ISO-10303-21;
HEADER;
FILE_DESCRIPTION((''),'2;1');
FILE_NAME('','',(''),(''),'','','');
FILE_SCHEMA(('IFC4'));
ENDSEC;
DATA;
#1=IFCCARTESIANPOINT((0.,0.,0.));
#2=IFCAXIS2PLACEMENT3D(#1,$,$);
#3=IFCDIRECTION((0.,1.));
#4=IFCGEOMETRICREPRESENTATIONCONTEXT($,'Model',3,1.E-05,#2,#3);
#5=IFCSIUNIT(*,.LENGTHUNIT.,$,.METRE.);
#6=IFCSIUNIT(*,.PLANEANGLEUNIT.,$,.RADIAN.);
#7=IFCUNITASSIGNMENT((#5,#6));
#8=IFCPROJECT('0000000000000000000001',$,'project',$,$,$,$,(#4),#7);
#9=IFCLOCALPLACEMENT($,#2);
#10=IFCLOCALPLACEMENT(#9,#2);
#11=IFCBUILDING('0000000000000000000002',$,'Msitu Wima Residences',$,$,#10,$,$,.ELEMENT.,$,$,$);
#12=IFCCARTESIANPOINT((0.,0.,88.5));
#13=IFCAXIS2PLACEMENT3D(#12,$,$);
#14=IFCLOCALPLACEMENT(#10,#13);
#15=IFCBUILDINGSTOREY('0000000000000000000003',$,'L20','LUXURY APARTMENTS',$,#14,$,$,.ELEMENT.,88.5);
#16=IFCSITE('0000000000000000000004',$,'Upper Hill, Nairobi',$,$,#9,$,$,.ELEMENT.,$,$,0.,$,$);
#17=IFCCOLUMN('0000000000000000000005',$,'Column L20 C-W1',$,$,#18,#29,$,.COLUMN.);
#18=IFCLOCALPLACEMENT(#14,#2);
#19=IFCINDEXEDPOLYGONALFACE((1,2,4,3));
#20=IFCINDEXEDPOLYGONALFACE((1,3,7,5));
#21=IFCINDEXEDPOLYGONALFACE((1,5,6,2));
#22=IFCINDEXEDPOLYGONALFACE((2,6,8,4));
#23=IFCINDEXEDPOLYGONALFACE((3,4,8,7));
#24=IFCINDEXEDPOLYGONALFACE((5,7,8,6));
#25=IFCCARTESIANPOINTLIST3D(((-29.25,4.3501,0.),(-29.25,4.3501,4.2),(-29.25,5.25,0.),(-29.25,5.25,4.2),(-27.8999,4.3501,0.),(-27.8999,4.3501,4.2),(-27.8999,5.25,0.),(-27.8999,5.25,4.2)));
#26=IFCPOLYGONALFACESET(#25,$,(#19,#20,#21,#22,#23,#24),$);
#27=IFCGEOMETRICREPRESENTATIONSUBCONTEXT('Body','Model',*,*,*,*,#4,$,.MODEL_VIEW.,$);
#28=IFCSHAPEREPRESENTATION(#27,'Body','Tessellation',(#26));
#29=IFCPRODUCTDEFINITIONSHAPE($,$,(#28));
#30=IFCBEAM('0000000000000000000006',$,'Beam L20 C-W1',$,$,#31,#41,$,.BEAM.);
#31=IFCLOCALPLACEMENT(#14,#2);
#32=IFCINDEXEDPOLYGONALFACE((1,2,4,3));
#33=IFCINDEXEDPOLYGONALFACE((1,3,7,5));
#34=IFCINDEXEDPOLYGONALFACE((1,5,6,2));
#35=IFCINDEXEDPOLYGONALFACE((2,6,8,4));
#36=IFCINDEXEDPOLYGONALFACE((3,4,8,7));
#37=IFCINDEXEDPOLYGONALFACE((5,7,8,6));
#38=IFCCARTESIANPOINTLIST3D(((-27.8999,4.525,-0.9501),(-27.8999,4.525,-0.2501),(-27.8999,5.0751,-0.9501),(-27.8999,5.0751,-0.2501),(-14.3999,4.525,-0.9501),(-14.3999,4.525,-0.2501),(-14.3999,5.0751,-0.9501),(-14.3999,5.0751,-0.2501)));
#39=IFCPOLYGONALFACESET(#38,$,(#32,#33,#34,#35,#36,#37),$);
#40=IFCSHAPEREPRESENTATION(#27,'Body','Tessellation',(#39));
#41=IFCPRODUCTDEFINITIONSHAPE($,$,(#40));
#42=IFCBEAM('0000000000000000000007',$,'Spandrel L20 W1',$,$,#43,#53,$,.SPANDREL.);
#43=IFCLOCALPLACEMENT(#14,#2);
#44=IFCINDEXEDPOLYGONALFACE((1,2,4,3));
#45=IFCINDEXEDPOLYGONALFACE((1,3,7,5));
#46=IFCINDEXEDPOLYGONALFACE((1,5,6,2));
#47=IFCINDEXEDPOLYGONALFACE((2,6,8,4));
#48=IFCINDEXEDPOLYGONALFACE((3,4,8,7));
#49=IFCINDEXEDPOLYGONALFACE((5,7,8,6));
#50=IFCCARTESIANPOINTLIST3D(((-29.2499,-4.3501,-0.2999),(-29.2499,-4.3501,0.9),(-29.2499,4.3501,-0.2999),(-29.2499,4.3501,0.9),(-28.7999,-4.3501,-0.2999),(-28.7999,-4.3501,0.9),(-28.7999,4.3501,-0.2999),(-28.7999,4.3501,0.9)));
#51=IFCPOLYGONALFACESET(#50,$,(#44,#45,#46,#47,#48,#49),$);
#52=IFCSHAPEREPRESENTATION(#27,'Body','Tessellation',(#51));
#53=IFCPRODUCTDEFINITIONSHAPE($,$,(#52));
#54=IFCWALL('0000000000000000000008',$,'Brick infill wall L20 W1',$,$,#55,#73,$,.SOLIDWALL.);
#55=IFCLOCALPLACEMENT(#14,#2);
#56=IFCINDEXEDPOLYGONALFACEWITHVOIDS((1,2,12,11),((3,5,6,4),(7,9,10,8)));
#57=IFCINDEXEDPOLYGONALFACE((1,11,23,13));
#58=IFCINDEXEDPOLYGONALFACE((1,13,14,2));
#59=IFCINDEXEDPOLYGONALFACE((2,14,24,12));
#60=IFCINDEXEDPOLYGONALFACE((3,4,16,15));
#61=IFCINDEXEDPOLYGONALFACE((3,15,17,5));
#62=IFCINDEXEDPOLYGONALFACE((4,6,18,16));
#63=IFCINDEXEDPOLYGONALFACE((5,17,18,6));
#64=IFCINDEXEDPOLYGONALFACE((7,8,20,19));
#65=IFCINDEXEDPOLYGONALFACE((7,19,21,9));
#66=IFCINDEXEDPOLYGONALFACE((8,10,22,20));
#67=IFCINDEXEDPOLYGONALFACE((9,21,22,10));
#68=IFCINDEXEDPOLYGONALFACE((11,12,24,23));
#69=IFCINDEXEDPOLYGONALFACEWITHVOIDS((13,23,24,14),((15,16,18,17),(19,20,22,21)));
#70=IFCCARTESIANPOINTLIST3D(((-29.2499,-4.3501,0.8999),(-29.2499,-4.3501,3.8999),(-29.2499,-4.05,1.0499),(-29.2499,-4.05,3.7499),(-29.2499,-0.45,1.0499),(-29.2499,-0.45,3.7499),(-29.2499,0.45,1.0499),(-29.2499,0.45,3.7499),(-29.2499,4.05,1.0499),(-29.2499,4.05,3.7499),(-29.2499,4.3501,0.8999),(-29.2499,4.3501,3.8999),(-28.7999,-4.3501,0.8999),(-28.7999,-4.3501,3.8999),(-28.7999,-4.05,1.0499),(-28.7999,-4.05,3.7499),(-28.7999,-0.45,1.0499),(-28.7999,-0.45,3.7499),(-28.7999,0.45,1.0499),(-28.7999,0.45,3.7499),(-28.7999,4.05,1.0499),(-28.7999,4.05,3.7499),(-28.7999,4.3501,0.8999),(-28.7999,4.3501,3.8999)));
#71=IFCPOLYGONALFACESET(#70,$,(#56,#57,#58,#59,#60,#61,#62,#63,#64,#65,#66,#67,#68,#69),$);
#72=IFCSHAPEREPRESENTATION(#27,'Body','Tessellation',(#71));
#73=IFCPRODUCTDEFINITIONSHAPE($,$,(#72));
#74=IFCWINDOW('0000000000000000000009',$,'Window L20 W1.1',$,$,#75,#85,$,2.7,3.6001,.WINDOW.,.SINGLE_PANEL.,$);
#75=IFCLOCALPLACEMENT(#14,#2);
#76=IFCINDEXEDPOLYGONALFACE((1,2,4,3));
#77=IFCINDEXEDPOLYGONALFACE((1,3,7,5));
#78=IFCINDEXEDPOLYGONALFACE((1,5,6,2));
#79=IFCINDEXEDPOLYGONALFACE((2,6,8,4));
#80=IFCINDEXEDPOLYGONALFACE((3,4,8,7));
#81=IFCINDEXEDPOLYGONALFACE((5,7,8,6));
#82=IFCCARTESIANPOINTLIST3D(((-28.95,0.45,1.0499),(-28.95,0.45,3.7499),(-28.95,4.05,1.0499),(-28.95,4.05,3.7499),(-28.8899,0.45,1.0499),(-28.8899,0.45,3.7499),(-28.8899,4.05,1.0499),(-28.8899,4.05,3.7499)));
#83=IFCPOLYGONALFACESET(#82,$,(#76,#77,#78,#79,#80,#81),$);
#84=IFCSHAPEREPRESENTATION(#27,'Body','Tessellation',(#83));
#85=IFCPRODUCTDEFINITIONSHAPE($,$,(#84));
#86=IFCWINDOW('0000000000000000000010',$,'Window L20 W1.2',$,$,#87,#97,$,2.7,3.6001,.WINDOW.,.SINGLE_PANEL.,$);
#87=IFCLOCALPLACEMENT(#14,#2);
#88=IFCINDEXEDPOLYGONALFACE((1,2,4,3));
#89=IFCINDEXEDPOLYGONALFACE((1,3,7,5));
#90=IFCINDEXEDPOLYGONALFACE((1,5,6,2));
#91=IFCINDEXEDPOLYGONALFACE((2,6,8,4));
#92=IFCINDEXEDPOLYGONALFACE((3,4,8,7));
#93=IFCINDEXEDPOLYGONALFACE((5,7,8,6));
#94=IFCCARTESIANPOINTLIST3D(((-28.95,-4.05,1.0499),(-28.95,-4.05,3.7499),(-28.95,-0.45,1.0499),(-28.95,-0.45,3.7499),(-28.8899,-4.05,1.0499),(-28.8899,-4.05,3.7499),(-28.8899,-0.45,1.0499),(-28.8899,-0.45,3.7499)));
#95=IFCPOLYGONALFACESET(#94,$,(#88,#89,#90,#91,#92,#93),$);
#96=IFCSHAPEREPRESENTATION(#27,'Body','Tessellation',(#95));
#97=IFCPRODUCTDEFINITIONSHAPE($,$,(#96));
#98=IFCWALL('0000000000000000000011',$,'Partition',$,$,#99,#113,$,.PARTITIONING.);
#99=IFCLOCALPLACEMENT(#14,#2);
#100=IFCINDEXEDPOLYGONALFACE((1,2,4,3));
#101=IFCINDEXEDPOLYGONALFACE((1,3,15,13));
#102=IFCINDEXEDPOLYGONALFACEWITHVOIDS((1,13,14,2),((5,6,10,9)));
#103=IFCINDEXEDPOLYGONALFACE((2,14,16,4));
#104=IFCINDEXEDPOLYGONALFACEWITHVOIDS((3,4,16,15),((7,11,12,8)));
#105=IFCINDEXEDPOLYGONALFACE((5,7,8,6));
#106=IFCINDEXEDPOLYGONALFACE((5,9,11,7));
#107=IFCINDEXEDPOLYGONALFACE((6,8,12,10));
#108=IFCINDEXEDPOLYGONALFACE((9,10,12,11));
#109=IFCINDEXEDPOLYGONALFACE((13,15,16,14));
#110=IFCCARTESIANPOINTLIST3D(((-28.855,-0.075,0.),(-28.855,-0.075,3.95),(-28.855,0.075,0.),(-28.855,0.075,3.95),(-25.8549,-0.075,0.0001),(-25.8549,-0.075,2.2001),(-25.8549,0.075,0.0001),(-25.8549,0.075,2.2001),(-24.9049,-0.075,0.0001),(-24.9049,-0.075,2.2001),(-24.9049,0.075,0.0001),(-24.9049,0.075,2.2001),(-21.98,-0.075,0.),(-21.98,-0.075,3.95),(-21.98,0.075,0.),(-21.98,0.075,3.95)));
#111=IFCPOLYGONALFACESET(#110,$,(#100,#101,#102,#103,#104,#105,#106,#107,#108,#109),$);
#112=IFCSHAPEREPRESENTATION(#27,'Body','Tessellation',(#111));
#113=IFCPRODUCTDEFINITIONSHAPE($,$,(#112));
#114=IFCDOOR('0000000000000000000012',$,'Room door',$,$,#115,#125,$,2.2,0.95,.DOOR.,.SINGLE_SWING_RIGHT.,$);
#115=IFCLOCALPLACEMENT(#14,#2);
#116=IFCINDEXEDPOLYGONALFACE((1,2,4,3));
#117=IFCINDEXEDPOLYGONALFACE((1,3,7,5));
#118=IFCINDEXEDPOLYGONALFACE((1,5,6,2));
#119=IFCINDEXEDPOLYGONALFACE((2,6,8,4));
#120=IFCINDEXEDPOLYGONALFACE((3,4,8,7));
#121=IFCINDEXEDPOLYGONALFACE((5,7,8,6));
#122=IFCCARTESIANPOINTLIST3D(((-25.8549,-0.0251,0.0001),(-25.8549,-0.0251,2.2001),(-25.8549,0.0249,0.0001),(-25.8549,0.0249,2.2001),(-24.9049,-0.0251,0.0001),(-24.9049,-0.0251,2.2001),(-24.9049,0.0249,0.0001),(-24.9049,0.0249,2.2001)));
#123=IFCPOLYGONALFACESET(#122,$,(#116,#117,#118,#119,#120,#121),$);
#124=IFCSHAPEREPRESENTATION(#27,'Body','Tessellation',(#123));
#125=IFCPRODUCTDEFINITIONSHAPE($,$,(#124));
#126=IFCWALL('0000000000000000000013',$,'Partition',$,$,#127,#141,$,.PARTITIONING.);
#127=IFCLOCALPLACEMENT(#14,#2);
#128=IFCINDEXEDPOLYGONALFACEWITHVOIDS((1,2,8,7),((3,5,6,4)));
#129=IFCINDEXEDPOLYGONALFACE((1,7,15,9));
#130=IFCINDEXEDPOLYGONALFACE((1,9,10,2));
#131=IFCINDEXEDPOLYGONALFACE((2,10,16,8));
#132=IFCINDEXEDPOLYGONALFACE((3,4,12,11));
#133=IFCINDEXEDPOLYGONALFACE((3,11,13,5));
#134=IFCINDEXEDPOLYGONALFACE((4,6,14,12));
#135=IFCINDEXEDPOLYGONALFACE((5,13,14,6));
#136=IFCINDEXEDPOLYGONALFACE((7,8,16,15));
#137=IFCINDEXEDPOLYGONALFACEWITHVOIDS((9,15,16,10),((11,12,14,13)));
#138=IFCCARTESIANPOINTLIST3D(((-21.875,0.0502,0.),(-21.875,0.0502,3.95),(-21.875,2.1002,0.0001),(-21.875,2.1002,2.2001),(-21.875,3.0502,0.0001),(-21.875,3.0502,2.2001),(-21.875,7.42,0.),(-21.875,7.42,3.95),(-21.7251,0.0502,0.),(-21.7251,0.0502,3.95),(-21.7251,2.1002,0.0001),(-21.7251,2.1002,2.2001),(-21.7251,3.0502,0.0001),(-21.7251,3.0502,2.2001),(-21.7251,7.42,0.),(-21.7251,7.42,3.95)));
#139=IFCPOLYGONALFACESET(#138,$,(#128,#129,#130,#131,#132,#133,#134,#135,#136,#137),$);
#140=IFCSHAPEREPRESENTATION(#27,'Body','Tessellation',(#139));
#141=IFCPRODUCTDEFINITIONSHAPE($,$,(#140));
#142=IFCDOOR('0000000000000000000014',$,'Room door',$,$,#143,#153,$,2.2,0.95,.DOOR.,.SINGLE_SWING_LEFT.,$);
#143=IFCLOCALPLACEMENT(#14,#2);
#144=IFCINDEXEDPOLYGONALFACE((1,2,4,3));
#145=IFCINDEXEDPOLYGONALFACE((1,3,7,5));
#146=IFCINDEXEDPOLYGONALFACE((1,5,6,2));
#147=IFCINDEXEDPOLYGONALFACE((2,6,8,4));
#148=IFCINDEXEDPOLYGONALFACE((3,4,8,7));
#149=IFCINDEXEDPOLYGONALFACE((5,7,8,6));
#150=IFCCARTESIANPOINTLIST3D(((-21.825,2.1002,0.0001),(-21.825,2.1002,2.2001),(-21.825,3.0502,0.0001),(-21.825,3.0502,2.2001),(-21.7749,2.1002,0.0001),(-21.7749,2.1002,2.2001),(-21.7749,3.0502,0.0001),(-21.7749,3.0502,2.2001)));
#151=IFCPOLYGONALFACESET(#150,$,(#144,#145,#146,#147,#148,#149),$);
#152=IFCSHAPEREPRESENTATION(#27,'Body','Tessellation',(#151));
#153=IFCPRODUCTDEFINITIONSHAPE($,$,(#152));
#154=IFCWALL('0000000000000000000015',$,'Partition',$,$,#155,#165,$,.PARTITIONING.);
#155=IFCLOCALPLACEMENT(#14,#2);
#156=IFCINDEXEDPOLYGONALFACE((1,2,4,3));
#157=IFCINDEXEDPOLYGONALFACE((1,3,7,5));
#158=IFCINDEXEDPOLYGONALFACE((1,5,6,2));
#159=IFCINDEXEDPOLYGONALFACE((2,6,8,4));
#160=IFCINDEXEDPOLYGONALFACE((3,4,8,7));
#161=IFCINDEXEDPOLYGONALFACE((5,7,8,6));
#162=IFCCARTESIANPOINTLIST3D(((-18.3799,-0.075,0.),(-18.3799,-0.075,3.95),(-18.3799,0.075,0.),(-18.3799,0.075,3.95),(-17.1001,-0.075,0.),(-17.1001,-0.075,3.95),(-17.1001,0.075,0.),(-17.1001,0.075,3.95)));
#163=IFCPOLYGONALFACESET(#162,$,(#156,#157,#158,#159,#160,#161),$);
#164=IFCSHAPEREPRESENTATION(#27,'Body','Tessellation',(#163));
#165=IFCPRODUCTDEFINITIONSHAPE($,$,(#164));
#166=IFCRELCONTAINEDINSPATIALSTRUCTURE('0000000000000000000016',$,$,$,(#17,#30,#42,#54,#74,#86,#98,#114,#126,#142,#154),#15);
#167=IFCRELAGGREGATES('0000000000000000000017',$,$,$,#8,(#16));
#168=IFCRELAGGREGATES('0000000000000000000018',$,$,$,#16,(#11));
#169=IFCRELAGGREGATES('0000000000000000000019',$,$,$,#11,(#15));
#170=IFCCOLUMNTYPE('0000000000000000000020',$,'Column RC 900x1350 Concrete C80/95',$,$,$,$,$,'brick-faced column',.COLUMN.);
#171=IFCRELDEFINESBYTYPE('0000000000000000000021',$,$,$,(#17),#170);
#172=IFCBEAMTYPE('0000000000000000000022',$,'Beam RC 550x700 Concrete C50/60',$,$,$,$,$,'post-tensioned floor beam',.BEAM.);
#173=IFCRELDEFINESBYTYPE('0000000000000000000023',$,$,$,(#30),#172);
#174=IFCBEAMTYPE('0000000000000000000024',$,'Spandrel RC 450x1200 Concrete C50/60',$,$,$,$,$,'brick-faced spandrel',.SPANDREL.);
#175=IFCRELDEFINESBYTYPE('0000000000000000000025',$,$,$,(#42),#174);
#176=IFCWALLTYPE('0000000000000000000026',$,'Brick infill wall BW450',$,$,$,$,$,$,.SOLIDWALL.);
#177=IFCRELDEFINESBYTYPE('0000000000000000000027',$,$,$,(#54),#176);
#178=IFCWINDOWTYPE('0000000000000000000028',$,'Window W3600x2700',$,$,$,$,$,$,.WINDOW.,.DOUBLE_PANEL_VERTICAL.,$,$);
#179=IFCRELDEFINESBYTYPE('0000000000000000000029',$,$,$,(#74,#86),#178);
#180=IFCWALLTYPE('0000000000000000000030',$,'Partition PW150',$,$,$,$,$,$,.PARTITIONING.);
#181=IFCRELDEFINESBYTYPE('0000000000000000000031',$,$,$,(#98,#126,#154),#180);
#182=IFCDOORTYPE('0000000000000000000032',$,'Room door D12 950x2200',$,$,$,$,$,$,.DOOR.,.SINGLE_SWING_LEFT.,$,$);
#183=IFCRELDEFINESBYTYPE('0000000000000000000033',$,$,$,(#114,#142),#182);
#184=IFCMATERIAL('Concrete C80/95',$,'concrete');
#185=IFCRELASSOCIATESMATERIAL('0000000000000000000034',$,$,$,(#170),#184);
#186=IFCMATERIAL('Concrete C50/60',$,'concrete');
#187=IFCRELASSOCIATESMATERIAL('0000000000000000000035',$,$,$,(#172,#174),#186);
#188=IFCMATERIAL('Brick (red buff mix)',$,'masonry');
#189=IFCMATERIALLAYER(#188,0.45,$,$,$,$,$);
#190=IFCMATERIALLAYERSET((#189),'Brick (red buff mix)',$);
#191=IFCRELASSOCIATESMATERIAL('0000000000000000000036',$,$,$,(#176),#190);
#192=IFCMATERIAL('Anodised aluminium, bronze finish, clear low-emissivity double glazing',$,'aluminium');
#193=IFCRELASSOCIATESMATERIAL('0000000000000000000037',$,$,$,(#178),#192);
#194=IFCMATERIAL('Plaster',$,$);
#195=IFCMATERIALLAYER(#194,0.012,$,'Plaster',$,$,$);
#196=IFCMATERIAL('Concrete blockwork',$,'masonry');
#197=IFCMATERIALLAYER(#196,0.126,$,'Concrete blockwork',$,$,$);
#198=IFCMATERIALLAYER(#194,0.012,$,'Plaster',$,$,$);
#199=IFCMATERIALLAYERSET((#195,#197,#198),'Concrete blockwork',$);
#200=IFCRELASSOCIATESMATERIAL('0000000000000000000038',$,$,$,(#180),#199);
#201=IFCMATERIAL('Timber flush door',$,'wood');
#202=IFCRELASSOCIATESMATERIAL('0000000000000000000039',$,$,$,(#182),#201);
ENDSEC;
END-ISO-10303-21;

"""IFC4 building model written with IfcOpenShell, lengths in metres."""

from ifc_helpers import new_model, si_unit, direction, frame, frame_2d, origin, origin_2d, place, context, subcontext, project, spatial, rectangle, extrude, material, layer, layer_set, material_profile, profile_set, type_object, element, fill, save


model = new_model("IFC4")

# Units and contexts
model_context = context("Model", 3, precision=1e-05, world=origin(), true_north=direction((0.0, 1.0)))
body_context = subcontext(model_context, "Body", "Model", "MODEL_VIEW")
ifc_project = project(units=[si_unit("LENGTHUNIT", "METRE"), si_unit("PLANEANGLEUNIT", "RADIAN")], contexts=[model_context])

# Site, building, storey
site_placement = place(None, origin())
site = spatial("IfcSite", under=ifc_project, at=site_placement, Name="Upper Hill, Nairobi", CompositionType="ELEMENT", RefElevation=0.0)
building_placement = place(site_placement, origin())
building = spatial("IfcBuilding", under=site, at=building_placement, Name="Msitu Wima Residences", CompositionType="ELEMENT")
storey_placement = place(building_placement, frame((0.0, 0.0, 88.5)))
storey = spatial("IfcBuildingStorey", under=building, at=storey_placement, Name="L20", Description="LUXURY APARTMENTS", CompositionType="ELEMENT", Elevation=88.5)

# Column
ifc_material_1 = material(Name="Concrete C80/95", Category="concrete")
ifc_material_profile_1 = material_profile(ifc_material_1, rectangle(XDim=0.8999, YDim=1.3501, at=origin_2d()), Name="RC 900x1350")
ifc_profile_set_1 = profile_set([ifc_material_profile_1], Name="Concrete C80/95")
column_type = type_object("IfcColumnType", Name="Column RC 900x1350 Concrete C80/95", ElementType="brick-faced column", PredefinedType="COLUMN", material=ifc_profile_set_1)
column_placement = place(storey_placement, frame((-28.575, 4.8, 0.0), z_axis=(0.0, 0.0, 1.0), x_axis=(0.0, -1.0, 0.0)))
element("IfcColumn", 1, at=column_placement, inside=storey, type_object=column_type, Name="Column L20 C-W1", PredefinedType="COLUMN", context=body_context, shape_type="SweptSolid", body=[
    extrude(rectangle(XDim=0.8999, YDim=1.3501, at=origin_2d()), origin(), (0.0, 0.0, 1.0), 4.2),
])

# Beams
ifc_material_2 = material(Name="Concrete C50/60", Category="concrete")
ifc_material_profile_2 = material_profile(ifc_material_2, rectangle(XDim=0.55, YDim=0.7, at=origin_2d()), Name="RC 550x700")
ifc_profile_set_2 = profile_set([ifc_material_profile_2], Name="Concrete C50/60")
beam_type_1 = type_object("IfcBeamType", Name="Beam RC 550x700 Concrete C50/60", ElementType="post-tensioned floor beam", PredefinedType="BEAM", material=ifc_profile_set_2)
beam_1_placement = place(storey_placement, frame((-27.8999, 4.8, -0.6001), z_axis=(1.0, 0.0, 0.0), x_axis=(0.0, 1.0, 0.0)))
element("IfcBeam", 2, at=beam_1_placement, inside=storey, type_object=beam_type_1, Name="Beam L20 C-W1", PredefinedType="BEAM", context=body_context, shape_type="SweptSolid", body=[
    extrude(rectangle(XDim=0.55, YDim=0.7, at=origin_2d()), origin(), (0.0, 0.0, 1.0), 13.5),
])
ifc_material_profile_3 = material_profile(ifc_material_2, rectangle(XDim=0.45, YDim=1.2, at=origin_2d()), Name="RC 450x1200")
ifc_profile_set_3 = profile_set([ifc_material_profile_3], Name="Concrete C50/60")
beam_type_2 = type_object("IfcBeamType", Name="Spandrel RC 450x1200 Concrete C50/60", ElementType="brick-faced spandrel", PredefinedType="SPANDREL", material=ifc_profile_set_3)
beam_2_placement = place(storey_placement, frame((-29.0249, 4.3501, 0.3), z_axis=(0.0, -1.0, 0.0), x_axis=(1.0, 0.0, 0.0)))
element("IfcBeam", 3, at=beam_2_placement, inside=storey, type_object=beam_type_2, Name="Spandrel L20 W1", PredefinedType="SPANDREL", context=body_context, shape_type="SweptSolid", body=[
    extrude(rectangle(XDim=0.45, YDim=1.2, at=origin_2d()), origin(), (0.0, 0.0, 1.0), 8.7002),
])

# Wall, openings, windows
ifc_material_3 = material(Name="Brick (red buff mix)", Category="masonry")
ifc_layer_1 = layer(ifc_material_3, 0.45)
ifc_layer_set_1 = layer_set([ifc_layer_1], Name="Brick (red buff mix)")
wall_type_1 = type_object("IfcWallType", Name="Brick infill wall BW450", PredefinedType="SOLIDWALL", material=ifc_layer_set_1)
wall_1_placement = place(storey_placement, frame((-29.0249, 4.3501, 0.8999), z_axis=(0.0, 0.0, 1.0), x_axis=(0.0, -1.0, 0.0)))
wall_1 = element("IfcWall", 4, at=wall_1_placement, inside=storey, type_object=wall_type_1, Name="Brick infill wall L20 W1", PredefinedType="SOLIDWALL", context=body_context, shape_type="SweptSolid", body=[
    extrude(rectangle(XDim=8.7002, YDim=0.45, at=frame_2d((4.3501, 0.0))), origin(), (0.0, 0.0, 1.0), 3.0),
])
opening_1_placement = place(wall_1_placement, frame((0.3, 0.0, 0.1499)))
opening_1 = element("IfcOpeningElement", 5, at=opening_1_placement, cuts=wall_1, PredefinedType="OPENING", context=body_context, shape_type="SweptSolid", body=[
    extrude(rectangle(XDim=3.6001, YDim=2.7, at=frame_2d((1.8, 1.3501))), frame((0.0, 0.2349, 0.0), z_axis=(0.0, -1.0, 0.0), x_axis=(1.0, 0.0, 0.0)), (0.0, 0.0, 1.0), 0.47),
])
opening_2_placement = place(wall_1_placement, frame((4.8, 0.0, 0.1499)))
opening_2 = element("IfcOpeningElement", 6, at=opening_2_placement, cuts=wall_1, PredefinedType="OPENING", context=body_context, shape_type="SweptSolid", body=[
    extrude(rectangle(XDim=3.6001, YDim=2.7, at=frame_2d((1.8, 1.3501))), frame((0.0, 0.2349, 0.0), z_axis=(0.0, -1.0, 0.0), x_axis=(1.0, 0.0, 0.0)), (0.0, 0.0, 1.0), 0.47),
])
ifc_material_4 = material(Name="Anodised aluminium, bronze finish, clear low-emissivity double glazing", Category="aluminium")
window_type = type_object("IfcWindowType", Name="Window W3600x2700", PartitioningType="DOUBLE_PANEL_VERTICAL", PredefinedType="WINDOW", material=ifc_material_4)
window_1_placement = place(opening_1_placement, origin())
window_1 = element("IfcWindow", 7, at=window_1_placement, inside=storey, type_object=window_type, Name="Window L20 W1.1", OverallHeight=2.7, OverallWidth=3.6001, PartitioningType="SINGLE_PANEL", PredefinedType="WINDOW", context=body_context, shape_type="SweptSolid", body=[
    extrude(rectangle(XDim=3.6001, YDim=2.7, at=frame_2d((1.8, 1.3501))), frame((0.0, 0.135, 0.0), z_axis=(0.0, -1.0, 0.0), x_axis=(1.0, 0.0, 0.0)), (0.0, 0.0, 1.0), 0.0601),
])
fill(opening_1, window_1)
window_2_placement = place(opening_2_placement, origin())
window_2 = element("IfcWindow", 8, at=window_2_placement, inside=storey, type_object=window_type, Name="Window L20 W1.2", OverallHeight=2.7, OverallWidth=3.6001, PartitioningType="SINGLE_PANEL", PredefinedType="WINDOW", context=body_context, shape_type="SweptSolid", body=[
    extrude(rectangle(XDim=3.6001, YDim=2.7, at=frame_2d((1.8, 1.3501))), frame((0.0, 0.135, 0.0), z_axis=(0.0, -1.0, 0.0), x_axis=(1.0, 0.0, 0.0)), (0.0, 0.0, 1.0), 0.0601),
])
fill(opening_2, window_2)

# Walls, openings, doors
ifc_material_5 = material(Name="Plaster")
ifc_layer_2 = layer(ifc_material_5, 0.012, Name="Plaster")
ifc_material_6 = material(Name="Concrete blockwork", Category="masonry")
ifc_layer_3 = layer(ifc_material_6, 0.126, Name="Concrete blockwork")
ifc_layer_4 = layer(ifc_material_5, 0.012, Name="Plaster")
ifc_layer_set_2 = layer_set([ifc_layer_2, ifc_layer_3, ifc_layer_4], Name="Concrete blockwork")
wall_type_2 = type_object("IfcWallType", Name="Partition PW150", PredefinedType="PARTITIONING", material=ifc_layer_set_2)
wall_2_placement = place(storey_placement, frame((-28.855, 0.0, 0.0), z_axis=(0.0, 0.0, 1.0), x_axis=(1.0, 0.0, 0.0)))
wall_2 = element("IfcWall", 9, at=wall_2_placement, inside=storey, type_object=wall_type_2, Name="Partition", PredefinedType="PARTITIONING", context=body_context, shape_type="SweptSolid", body=[
    extrude(rectangle(XDim=6.875, YDim=0.1499, at=frame_2d((3.4375, 0.0))), origin(), (0.0, 0.0, 1.0), 3.95),
])
opening_3_placement = place(wall_2_placement, frame((3.0, 0.0, 0.0)))
opening_3 = element("IfcOpeningElement", 10, at=opening_3_placement, cuts=wall_2, PredefinedType="OPENING", context=body_context, shape_type="SweptSolid", body=[
    extrude(rectangle(XDim=0.95, YDim=2.2, at=frame_2d((0.4751, 1.1001))), frame((0.0, 0.085, 0.0), z_axis=(0.0, -1.0, 0.0), x_axis=(1.0, 0.0, 0.0)), (0.0, 0.0, 1.0), 0.1699),
])
ifc_material_7 = material(Name="Timber flush door", Category="wood")
door_type = type_object("IfcDoorType", Name="Room door D12 950x2200", OperationType="SINGLE_SWING_LEFT", PredefinedType="DOOR", material=ifc_material_7)
door_1_placement = place(opening_3_placement, origin())
door_1 = element("IfcDoor", 11, at=door_1_placement, inside=storey, type_object=door_type, Name="Room door", OperationType="SINGLE_SWING_RIGHT", OverallHeight=2.2, OverallWidth=0.95, PredefinedType="DOOR", context=body_context, shape_type="SweptSolid", body=[
    extrude(rectangle(XDim=0.95, YDim=2.2, at=frame_2d((0.4751, 1.1001))), frame((0.0, 0.0249, 0.0), z_axis=(0.0, -1.0, 0.0), x_axis=(1.0, 0.0, 0.0)), (0.0, 0.0, 1.0), 0.05),
])
fill(opening_3, door_1)
wall_3_placement = place(storey_placement, frame((-21.8, 0.05, 0.0), z_axis=(0.0, 0.0, 1.0), x_axis=(0.0, 1.0, 0.0)))
wall_3 = element("IfcWall", 12, at=wall_3_placement, inside=storey, type_object=wall_type_2, Name="Partition", PredefinedType="PARTITIONING", context=body_context, shape_type="SweptSolid", body=[
    extrude(rectangle(XDim=7.3699, YDim=0.1499, at=frame_2d((3.6851, 0.0))), origin(), (0.0, 0.0, 1.0), 3.95),
])
opening_4_placement = place(wall_3_placement, frame((2.05, 0.0, 0.0)))
opening_4 = element("IfcOpeningElement", 13, at=opening_4_placement, cuts=wall_3, PredefinedType="OPENING", context=body_context, shape_type="SweptSolid", body=[
    extrude(rectangle(XDim=0.95, YDim=2.2, at=frame_2d((0.4751, 1.1001))), frame((0.0, 0.085, 0.0), z_axis=(0.0, -1.0, 0.0), x_axis=(1.0, 0.0, 0.0)), (0.0, 0.0, 1.0), 0.1699),
])
door_2_placement = place(opening_4_placement, origin())
door_2 = element("IfcDoor", 14, at=door_2_placement, inside=storey, type_object=door_type, Name="Room door", OperationType="SINGLE_SWING_LEFT", OverallHeight=2.2, OverallWidth=0.95, PredefinedType="DOOR", context=body_context, shape_type="SweptSolid", body=[
    extrude(rectangle(XDim=0.95, YDim=2.2, at=frame_2d((0.4751, 1.1001))), frame((0.0, 0.0249, 0.0), z_axis=(0.0, -1.0, 0.0), x_axis=(1.0, 0.0, 0.0)), (0.0, 0.0, 1.0), 0.05),
])
fill(opening_4, door_2)

# Wall
wall_4_placement = place(storey_placement, frame((-18.3799, 0.0, 0.0), z_axis=(0.0, 0.0, 1.0), x_axis=(1.0, 0.0, 0.0)))
element("IfcWall", 15, at=wall_4_placement, inside=storey, type_object=wall_type_2, Name="Partition", PredefinedType="PARTITIONING", context=body_context, shape_type="SweptSolid", body=[
    extrude(rectangle(XDim=1.2798, YDim=0.1499, at=frame_2d((0.6399, 0.0))), origin(), (0.0, 0.0, 1.0), 3.95),
])

save(model, "model.ifc")
